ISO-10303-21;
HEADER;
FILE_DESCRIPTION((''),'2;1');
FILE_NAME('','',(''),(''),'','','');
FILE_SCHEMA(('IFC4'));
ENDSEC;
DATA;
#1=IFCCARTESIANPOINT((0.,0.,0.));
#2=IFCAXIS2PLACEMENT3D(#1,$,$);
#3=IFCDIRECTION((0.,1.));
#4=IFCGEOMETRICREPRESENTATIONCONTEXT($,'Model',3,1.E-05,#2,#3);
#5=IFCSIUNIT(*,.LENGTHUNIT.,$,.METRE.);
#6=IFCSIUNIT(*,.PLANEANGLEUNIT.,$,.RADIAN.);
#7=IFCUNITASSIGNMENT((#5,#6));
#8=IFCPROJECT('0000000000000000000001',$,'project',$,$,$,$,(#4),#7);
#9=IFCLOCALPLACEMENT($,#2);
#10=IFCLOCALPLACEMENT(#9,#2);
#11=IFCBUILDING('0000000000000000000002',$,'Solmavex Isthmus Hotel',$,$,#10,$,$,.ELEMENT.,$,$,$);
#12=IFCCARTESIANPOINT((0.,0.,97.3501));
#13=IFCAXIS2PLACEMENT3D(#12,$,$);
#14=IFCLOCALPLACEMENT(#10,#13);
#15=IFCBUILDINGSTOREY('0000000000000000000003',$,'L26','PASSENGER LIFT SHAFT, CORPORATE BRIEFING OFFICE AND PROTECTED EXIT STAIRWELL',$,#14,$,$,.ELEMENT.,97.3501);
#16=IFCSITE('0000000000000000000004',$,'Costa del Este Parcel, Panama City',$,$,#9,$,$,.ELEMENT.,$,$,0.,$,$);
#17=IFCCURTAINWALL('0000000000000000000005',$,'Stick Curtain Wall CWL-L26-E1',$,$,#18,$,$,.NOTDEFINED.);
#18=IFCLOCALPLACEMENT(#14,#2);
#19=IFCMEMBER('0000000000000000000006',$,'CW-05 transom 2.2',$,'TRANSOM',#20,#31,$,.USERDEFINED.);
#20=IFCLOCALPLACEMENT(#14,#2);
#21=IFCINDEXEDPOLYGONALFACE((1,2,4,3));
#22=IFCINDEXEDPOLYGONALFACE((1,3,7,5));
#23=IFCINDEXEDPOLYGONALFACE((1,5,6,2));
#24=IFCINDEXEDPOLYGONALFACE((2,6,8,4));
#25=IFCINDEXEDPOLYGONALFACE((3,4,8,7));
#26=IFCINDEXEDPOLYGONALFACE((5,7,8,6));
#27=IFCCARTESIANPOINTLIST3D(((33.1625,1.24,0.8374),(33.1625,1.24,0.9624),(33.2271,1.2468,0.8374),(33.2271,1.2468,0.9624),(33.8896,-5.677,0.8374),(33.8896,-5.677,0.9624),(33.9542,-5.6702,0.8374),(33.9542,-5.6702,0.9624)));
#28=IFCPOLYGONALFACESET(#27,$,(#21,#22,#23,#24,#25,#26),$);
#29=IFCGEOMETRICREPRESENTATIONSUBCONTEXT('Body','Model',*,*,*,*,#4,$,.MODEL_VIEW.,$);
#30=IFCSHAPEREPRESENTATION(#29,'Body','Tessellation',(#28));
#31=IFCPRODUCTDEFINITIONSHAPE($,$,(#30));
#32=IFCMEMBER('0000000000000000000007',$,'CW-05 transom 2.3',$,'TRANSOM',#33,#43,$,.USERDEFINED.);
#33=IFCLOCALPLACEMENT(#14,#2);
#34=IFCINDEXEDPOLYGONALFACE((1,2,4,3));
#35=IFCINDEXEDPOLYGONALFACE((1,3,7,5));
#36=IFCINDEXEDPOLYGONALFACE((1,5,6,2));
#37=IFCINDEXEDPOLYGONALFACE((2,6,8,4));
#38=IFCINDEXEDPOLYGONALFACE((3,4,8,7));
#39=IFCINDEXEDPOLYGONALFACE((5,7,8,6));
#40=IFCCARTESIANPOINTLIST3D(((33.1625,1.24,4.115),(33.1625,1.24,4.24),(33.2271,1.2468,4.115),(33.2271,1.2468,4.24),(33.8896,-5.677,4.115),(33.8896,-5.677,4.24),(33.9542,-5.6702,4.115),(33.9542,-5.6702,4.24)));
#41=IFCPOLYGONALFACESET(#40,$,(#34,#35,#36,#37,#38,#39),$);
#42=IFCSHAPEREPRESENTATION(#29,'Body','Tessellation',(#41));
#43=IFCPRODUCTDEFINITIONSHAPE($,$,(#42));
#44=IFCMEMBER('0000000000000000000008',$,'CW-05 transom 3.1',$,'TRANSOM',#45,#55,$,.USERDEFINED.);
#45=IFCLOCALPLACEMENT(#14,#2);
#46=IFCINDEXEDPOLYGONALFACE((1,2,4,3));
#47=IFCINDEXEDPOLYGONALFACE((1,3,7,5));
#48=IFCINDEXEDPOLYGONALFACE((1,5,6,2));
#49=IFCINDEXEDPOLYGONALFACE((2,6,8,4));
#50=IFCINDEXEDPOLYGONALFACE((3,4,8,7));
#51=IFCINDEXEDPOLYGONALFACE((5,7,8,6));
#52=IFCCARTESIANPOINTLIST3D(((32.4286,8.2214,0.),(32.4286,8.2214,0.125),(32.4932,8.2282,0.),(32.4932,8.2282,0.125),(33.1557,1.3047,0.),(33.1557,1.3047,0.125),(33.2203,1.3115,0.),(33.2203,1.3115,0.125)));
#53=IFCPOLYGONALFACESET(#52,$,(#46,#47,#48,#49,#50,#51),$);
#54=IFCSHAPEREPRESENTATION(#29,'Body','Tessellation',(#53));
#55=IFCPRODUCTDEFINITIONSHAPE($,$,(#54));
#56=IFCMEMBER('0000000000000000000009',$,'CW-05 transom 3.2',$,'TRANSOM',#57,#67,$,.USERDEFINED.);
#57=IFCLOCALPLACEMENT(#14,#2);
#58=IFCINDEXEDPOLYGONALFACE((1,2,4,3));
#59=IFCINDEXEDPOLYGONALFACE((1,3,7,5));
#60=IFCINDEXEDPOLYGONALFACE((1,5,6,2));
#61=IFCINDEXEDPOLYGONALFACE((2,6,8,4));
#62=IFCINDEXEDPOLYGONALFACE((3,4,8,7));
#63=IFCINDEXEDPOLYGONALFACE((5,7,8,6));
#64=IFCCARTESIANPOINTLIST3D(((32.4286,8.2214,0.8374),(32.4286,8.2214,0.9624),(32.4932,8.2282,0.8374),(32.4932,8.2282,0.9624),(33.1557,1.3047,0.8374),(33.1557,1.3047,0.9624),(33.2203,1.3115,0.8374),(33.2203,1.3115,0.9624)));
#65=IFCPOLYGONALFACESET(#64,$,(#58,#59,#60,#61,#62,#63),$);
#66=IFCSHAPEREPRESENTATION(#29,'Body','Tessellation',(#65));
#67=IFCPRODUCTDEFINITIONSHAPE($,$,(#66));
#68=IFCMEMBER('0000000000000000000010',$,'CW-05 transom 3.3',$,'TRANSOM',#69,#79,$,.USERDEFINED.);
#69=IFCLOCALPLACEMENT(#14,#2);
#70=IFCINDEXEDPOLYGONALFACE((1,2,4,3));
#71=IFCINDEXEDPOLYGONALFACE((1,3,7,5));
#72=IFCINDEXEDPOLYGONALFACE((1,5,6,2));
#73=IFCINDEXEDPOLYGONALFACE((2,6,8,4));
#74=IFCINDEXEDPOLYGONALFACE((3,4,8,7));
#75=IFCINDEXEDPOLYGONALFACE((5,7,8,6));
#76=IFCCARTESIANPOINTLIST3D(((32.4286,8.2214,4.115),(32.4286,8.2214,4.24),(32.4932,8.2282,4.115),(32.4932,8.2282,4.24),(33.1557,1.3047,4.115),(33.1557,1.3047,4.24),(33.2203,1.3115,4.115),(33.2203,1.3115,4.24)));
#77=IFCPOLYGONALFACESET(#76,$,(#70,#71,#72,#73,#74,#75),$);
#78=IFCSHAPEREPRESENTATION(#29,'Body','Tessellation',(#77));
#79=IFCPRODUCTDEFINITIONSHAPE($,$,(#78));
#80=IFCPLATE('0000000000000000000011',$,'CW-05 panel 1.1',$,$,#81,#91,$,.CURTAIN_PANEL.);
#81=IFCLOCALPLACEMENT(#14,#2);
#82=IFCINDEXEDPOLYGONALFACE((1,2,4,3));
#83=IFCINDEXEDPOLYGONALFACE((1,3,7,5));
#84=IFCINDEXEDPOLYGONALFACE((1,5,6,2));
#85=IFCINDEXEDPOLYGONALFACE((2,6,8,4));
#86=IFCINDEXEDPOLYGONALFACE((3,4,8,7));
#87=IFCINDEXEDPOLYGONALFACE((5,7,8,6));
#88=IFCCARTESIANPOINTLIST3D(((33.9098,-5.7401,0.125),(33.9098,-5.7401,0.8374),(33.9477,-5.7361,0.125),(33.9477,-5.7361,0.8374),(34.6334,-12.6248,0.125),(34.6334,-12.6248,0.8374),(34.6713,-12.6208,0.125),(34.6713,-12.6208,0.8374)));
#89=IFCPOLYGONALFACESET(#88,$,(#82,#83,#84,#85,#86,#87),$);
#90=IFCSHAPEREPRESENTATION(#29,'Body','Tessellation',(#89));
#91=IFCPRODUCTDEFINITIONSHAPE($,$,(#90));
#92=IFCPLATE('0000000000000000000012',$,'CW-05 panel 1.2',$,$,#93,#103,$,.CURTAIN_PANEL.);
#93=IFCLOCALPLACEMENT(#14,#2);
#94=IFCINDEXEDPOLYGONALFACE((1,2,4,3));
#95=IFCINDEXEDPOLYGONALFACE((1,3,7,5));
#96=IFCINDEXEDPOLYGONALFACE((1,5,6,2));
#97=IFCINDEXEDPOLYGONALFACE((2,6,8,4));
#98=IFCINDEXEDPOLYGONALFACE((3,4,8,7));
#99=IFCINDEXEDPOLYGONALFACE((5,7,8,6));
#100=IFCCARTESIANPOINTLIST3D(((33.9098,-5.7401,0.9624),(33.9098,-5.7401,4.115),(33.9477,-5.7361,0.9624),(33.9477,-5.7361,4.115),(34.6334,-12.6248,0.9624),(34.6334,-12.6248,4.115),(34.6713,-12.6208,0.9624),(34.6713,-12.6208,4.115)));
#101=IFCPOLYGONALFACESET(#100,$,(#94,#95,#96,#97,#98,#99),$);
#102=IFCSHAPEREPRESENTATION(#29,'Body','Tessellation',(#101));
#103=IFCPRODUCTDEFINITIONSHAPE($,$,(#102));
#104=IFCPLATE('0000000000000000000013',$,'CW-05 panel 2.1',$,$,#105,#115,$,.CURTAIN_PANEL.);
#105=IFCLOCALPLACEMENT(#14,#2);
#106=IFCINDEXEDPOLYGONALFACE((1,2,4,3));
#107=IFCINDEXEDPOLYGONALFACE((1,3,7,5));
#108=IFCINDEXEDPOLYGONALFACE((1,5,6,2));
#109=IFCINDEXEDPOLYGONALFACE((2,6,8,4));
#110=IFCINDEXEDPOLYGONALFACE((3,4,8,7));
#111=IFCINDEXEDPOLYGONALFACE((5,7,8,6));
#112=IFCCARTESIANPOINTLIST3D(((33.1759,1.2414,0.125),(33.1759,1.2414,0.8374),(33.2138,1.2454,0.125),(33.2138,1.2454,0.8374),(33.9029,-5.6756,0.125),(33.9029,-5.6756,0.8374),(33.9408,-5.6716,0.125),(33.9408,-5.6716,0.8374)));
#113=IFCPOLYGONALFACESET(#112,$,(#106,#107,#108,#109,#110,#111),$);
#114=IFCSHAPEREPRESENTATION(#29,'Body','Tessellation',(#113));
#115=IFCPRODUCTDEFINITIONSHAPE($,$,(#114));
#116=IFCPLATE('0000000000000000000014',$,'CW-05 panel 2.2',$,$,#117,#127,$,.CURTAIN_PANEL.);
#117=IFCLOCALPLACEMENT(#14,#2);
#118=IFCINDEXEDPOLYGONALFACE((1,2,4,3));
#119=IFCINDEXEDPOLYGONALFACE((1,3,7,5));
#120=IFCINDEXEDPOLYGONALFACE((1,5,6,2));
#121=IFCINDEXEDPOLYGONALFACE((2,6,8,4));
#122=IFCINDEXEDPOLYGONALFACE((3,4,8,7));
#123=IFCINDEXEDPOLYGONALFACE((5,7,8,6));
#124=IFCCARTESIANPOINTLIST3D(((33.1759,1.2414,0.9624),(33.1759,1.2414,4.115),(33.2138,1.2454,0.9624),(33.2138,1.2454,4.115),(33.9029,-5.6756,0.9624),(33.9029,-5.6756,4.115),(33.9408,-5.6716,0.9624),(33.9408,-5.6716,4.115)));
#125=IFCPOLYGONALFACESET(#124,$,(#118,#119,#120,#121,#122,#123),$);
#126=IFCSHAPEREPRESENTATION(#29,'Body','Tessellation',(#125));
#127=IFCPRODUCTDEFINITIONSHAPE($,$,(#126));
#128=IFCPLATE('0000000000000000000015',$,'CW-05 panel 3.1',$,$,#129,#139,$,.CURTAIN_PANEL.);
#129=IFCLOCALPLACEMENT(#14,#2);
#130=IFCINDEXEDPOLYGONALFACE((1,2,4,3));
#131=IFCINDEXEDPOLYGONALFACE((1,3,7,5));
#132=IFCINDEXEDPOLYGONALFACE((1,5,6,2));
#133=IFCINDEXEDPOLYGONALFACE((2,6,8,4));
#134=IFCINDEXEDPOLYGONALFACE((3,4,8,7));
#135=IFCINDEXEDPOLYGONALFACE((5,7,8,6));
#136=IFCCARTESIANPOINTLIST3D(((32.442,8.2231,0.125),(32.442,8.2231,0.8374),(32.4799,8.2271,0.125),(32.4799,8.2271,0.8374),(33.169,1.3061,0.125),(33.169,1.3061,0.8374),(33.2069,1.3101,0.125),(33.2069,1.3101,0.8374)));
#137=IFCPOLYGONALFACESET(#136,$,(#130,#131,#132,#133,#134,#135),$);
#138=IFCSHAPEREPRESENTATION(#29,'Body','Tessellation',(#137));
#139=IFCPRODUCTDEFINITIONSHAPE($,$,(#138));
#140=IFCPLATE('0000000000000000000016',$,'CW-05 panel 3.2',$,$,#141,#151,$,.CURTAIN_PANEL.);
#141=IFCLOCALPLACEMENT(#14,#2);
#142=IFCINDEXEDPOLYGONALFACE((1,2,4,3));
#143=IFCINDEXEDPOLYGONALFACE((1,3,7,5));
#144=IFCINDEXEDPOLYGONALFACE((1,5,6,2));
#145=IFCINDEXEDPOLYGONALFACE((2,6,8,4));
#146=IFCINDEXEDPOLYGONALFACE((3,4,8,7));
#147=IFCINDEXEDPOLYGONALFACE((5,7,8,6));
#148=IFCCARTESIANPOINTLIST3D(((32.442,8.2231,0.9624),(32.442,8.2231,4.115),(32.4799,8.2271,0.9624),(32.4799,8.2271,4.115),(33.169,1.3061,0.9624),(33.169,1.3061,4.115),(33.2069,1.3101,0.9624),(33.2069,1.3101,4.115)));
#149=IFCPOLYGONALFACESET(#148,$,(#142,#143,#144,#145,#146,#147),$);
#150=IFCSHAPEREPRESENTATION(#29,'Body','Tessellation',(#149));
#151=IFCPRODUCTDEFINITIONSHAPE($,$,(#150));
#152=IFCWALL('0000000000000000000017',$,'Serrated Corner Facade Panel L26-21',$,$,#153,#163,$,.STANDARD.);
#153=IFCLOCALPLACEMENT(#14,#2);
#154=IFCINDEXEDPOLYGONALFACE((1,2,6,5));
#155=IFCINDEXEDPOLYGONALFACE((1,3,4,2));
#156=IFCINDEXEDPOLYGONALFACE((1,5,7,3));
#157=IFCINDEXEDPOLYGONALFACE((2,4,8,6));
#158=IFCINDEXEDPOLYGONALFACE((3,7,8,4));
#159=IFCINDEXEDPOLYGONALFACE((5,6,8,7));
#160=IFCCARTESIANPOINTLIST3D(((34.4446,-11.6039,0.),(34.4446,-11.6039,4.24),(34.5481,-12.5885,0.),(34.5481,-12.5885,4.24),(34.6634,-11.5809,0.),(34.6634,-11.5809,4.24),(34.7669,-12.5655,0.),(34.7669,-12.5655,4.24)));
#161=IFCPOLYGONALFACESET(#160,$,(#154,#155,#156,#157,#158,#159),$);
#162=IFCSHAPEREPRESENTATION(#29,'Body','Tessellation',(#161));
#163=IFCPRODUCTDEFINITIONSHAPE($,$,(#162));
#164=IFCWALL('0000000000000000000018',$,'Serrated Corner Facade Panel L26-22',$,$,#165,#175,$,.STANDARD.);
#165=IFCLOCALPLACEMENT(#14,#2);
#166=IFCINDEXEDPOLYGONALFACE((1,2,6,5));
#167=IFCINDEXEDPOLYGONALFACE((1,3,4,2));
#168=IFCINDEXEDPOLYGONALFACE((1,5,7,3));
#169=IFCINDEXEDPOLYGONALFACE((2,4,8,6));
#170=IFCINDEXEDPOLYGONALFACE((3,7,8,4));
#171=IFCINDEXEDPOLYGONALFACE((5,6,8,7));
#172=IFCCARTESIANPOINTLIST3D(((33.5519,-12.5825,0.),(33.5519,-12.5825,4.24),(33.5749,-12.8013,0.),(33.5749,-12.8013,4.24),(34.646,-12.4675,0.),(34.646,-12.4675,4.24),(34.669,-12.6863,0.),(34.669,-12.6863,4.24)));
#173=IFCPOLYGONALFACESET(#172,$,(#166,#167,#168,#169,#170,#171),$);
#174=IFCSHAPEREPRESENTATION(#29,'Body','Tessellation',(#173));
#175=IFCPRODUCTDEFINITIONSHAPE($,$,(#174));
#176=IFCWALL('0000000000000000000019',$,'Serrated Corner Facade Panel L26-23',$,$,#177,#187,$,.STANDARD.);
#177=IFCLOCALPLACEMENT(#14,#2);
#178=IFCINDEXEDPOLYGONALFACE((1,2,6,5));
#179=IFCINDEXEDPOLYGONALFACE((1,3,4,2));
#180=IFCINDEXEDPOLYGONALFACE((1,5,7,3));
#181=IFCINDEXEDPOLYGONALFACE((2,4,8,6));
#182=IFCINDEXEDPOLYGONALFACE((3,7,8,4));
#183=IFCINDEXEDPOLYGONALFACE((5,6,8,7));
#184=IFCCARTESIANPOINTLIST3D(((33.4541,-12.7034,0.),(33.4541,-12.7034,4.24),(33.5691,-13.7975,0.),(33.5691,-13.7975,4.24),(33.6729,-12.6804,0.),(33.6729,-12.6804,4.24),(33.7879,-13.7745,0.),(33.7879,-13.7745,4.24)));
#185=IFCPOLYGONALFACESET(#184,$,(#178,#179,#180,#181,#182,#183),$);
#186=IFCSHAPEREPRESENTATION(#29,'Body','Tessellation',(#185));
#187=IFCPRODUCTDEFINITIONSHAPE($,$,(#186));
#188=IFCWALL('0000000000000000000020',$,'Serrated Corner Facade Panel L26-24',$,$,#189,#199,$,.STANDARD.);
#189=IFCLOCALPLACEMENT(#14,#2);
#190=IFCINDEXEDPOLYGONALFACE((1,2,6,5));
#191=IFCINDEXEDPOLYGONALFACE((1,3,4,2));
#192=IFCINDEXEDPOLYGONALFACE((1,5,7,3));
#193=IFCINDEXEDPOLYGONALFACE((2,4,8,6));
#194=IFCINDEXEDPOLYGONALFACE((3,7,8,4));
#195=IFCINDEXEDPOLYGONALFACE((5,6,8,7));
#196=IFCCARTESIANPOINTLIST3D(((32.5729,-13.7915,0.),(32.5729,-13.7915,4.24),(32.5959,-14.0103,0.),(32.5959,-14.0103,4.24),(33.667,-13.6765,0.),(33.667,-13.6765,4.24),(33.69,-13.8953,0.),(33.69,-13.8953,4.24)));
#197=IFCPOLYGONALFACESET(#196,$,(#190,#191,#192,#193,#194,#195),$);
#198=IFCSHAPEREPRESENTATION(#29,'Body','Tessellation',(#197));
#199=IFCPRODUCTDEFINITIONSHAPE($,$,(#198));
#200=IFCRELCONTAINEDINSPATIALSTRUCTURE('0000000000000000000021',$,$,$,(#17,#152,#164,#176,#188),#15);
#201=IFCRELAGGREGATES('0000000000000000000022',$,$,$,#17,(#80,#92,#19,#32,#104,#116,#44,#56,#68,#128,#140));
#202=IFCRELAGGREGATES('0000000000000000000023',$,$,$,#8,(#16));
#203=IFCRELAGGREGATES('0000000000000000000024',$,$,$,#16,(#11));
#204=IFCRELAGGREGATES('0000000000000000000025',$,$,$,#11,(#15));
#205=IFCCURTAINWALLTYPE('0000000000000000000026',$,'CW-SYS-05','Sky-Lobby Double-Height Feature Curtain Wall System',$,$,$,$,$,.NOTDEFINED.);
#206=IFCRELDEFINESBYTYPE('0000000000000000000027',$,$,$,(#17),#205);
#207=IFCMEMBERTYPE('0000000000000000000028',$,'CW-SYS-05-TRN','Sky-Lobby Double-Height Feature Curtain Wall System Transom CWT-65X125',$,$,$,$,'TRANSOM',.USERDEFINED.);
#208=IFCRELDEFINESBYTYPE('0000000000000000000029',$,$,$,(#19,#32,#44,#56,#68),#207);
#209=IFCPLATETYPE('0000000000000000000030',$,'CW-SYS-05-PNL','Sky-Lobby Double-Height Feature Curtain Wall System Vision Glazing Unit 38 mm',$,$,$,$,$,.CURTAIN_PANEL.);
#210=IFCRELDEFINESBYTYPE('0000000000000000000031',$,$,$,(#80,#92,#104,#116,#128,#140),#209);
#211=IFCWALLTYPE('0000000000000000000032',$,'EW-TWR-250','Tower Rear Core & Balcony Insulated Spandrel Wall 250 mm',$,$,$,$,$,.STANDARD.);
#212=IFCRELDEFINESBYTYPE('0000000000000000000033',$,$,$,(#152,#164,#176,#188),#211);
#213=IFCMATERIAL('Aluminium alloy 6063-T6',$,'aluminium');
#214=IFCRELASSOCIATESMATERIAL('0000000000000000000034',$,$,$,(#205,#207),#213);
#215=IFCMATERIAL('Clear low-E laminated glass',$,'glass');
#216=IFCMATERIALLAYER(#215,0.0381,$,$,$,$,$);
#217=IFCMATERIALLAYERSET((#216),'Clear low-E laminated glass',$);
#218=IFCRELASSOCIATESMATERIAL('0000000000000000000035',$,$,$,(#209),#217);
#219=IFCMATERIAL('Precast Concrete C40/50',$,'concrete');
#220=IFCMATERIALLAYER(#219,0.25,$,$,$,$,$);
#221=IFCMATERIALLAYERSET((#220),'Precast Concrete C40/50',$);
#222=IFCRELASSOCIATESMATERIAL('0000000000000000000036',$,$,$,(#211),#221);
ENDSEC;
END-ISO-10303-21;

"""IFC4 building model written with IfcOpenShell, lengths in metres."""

from ifc_helpers import new_model, si_unit, direction, frame, frame_2d, origin, origin_2d, place, context, subcontext, project, spatial, rectangle, extrude, material, layer, layer_set, material_profile, profile_set, type_object, element, aggregate, save


model = new_model("IFC4")

# Units and contexts
model_context = context("Model", 3, precision=1e-05, world=origin(), true_north=direction((0.0, 1.0)))
body_context = subcontext(model_context, "Body", "Model", "MODEL_VIEW")
ifc_project = project(units=[si_unit("LENGTHUNIT", "METRE"), si_unit("PLANEANGLEUNIT", "RADIAN")], contexts=[model_context])

# Site, building, storey
site_placement = place(None, origin())
site = spatial("IfcSite", under=ifc_project, at=site_placement, Name="Costa del Este Parcel, Panama City", CompositionType="ELEMENT", RefElevation=0.0)
building_placement = place(site_placement, origin())
building = spatial("IfcBuilding", under=site, at=building_placement, Name="Solmavex Isthmus Hotel", CompositionType="ELEMENT")
storey_placement = place(building_placement, frame((0.0, 0.0, 97.3501)))
storey = spatial("IfcBuildingStorey", under=building, at=storey_placement, Name="L26", Description="PASSENGER LIFT SHAFT, CORPORATE BRIEFING OFFICE AND PROTECTED EXIT STAIRWELL", CompositionType="ELEMENT", Elevation=97.3501)

# Curtain wall, members, plates
ifc_material_1 = material(Name="Aluminium alloy 6063-T6", Category="aluminium")
curtain_wall_type = type_object("IfcCurtainWallType", Name="CW-SYS-05", Description="Sky-Lobby Double-Height Feature Curtain Wall System", PredefinedType="NOTDEFINED", material=ifc_material_1)
curtain_wall_placement = place(storey_placement, origin())
curtain_wall = element("IfcCurtainWall", 1, at=curtain_wall_placement, inside=storey, type_object=curtain_wall_type, Name="Stick Curtain Wall CWL-L26-E1", PredefinedType="NOTDEFINED")
ifc_material_profile_1 = material_profile(ifc_material_1, rectangle(XDim=0.0649, YDim=0.125, at=origin_2d()), Name="CWT-65X125")
ifc_profile_set_1 = profile_set([ifc_material_profile_1], Name="Aluminium alloy 6063-T6")
member_type_1 = type_object("IfcMemberType", Name="CW-SYS-05-TRN", Description="Sky-Lobby Double-Height Feature Curtain Wall System Transom CWT-65X125", ElementType="TRANSOM", PredefinedType="USERDEFINED", material=ifc_profile_set_1)
member_1_placement = place(storey_placement, frame((33.9219, -5.6736, 0.8999), z_axis=(-0.104535, 0.994521, 0.0), x_axis=(-0.994521, -0.104535, 0.0)))
member_1 = element("IfcMember", 2, at=member_1_placement, type_object=member_type_1, Name="CW-05 transom 2.2", ObjectType="TRANSOM", PredefinedType="USERDEFINED", context=body_context, shape_type="SweptSolid", body=[
    extrude(rectangle(XDim=0.0649, YDim=0.125, at=origin_2d()), origin(), (0.0, 0.0, 1.0), 6.9551),
])
member_2_placement = place(storey_placement, frame((33.9219, -5.6736, 4.1775), z_axis=(-0.104535, 0.994521, 0.0), x_axis=(-0.994521, -0.104535, 0.0)))
member_2 = element("IfcMember", 3, at=member_2_placement, type_object=member_type_1, Name="CW-05 transom 2.3", ObjectType="TRANSOM", PredefinedType="USERDEFINED", context=body_context, shape_type="SweptSolid", body=[
    extrude(rectangle(XDim=0.0649, YDim=0.125, at=origin_2d()), origin(), (0.0, 0.0, 1.0), 6.9551),
])
member_3_placement = place(storey_placement, frame((33.188, 1.3081, 0.0625), z_axis=(-0.104539, 0.994521, 0.0), x_axis=(-0.994521, -0.104539, 0.0)))
member_3 = element("IfcMember", 4, at=member_3_placement, type_object=member_type_1, Name="CW-05 transom 3.1", ObjectType="TRANSOM", PredefinedType="USERDEFINED", context=body_context, shape_type="SweptSolid", body=[
    extrude(rectangle(XDim=0.0649, YDim=0.125, at=origin_2d()), origin(), (0.0, 0.0, 1.0), 6.9548),
])
member_4_placement = place(storey_placement, frame((33.188, 1.3081, 0.8999), z_axis=(-0.104539, 0.994521, 0.0), x_axis=(-0.994521, -0.104539, 0.0)))
member_4 = element("IfcMember", 5, at=member_4_placement, type_object=member_type_1, Name="CW-05 transom 3.2", ObjectType="TRANSOM", PredefinedType="USERDEFINED", context=body_context, shape_type="SweptSolid", body=[
    extrude(rectangle(XDim=0.0649, YDim=0.125, at=origin_2d()), origin(), (0.0, 0.0, 1.0), 6.9548),
])
member_5_placement = place(storey_placement, frame((33.188, 1.3081, 4.1775), z_axis=(-0.104539, 0.994521, 0.0), x_axis=(-0.994521, -0.104539, 0.0)))
member_5 = element("IfcMember", 6, at=member_5_placement, type_object=member_type_1, Name="CW-05 transom 3.3", ObjectType="TRANSOM", PredefinedType="USERDEFINED", context=body_context, shape_type="SweptSolid", body=[
    extrude(rectangle(XDim=0.0649, YDim=0.125, at=origin_2d()), origin(), (0.0, 0.0, 1.0), 6.9548),
])
ifc_material_2 = material(Name="Clear low-E laminated glass", Category="glass")
ifc_layer_1 = layer(ifc_material_2, 0.0381)
ifc_layer_set_1 = layer_set([ifc_layer_1], Name="Clear low-E laminated glass")
plate_type = type_object("IfcPlateType", Name="CW-SYS-05-PNL", Description="Sky-Lobby Double-Height Feature Curtain Wall System Vision Glazing Unit 38 mm", PredefinedType="CURTAIN_PANEL", material=ifc_layer_set_1)
plate_1_placement = place(storey_placement, frame((34.2905, -9.1804, 0.125), z_axis=(0.0, 0.0, 1.0), x_axis=(-0.104528, 0.994522, 0.0)))
plate_1 = element("IfcPlate", 7, at=plate_1_placement, type_object=plate_type, Name="CW-05 panel 1.1", PredefinedType="CURTAIN_PANEL", context=body_context, shape_type="SweptSolid", body=[
    extrude(rectangle(XDim=6.9226, YDim=0.0381, at=origin_2d()), origin(), (0.0, 0.0, 1.0), 0.7124),
])
plate_2_placement = place(storey_placement, frame((34.2905, -9.1804, 0.9624), z_axis=(0.0, 0.0, 1.0), x_axis=(-0.104528, 0.994522, 0.0)))
plate_2 = element("IfcPlate", 8, at=plate_2_placement, type_object=plate_type, Name="CW-05 panel 1.2", PredefinedType="CURTAIN_PANEL", context=body_context, shape_type="SweptSolid", body=[
    extrude(rectangle(XDim=6.9226, YDim=0.0381, at=origin_2d()), origin(), (0.0, 0.0, 1.0), 3.1526),
])
plate_3_placement = place(storey_placement, frame((33.5583, -2.2151, 0.125), z_axis=(0.0, 0.0, 1.0), x_axis=(-0.104528, 0.994522, 0.0)))
plate_3 = element("IfcPlate", 9, at=plate_3_placement, type_object=plate_type, Name="CW-05 panel 2.1", PredefinedType="CURTAIN_PANEL", context=body_context, shape_type="SweptSolid", body=[
    extrude(rectangle(XDim=6.9551, YDim=0.0381, at=origin_2d()), origin(), (0.0, 0.0, 1.0), 0.7124),
])
plate_4_placement = place(storey_placement, frame((33.5583, -2.2151, 0.9624), z_axis=(0.0, 0.0, 1.0), x_axis=(-0.104528, 0.994522, 0.0)))
plate_4 = element("IfcPlate", 10, at=plate_4_placement, type_object=plate_type, Name="CW-05 panel 2.2", PredefinedType="CURTAIN_PANEL", context=body_context, shape_type="SweptSolid", body=[
    extrude(rectangle(XDim=6.9551, YDim=0.0381, at=origin_2d()), origin(), (0.0, 0.0, 1.0), 3.1526),
])
plate_5_placement = place(storey_placement, frame((32.8245, 4.7666, 0.125), z_axis=(0.0, 0.0, 1.0), x_axis=(-0.104528, 0.994522, 0.0)))
plate_5 = element("IfcPlate", 11, at=plate_5_placement, type_object=plate_type, Name="CW-05 panel 3.1", PredefinedType="CURTAIN_PANEL", context=body_context, shape_type="SweptSolid", body=[
    extrude(rectangle(XDim=6.9551, YDim=0.0381, at=origin_2d()), origin(), (0.0, 0.0, 1.0), 0.7124),
])
plate_6_placement = place(storey_placement, frame((32.8245, 4.7666, 0.9624), z_axis=(0.0, 0.0, 1.0), x_axis=(-0.104528, 0.994522, 0.0)))
plate_6 = element("IfcPlate", 12, at=plate_6_placement, type_object=plate_type, Name="CW-05 panel 3.2", PredefinedType="CURTAIN_PANEL", context=body_context, shape_type="SweptSolid", body=[
    extrude(rectangle(XDim=6.9551, YDim=0.0381, at=origin_2d()), origin(), (0.0, 0.0, 1.0), 3.1526),
])
aggregate(curtain_wall, [plate_1, plate_2, member_1, member_2, plate_3, plate_4, member_3, member_4, member_5, plate_5, plate_6])

# Walls
ifc_material_3 = material(Name="Precast Concrete C40/50", Category="concrete")
ifc_layer_2 = layer(ifc_material_3, 0.25)
ifc_layer_set_2 = layer_set([ifc_layer_2], Name="Precast Concrete C40/50")
wall_type_1 = type_object("IfcWallType", Name="EW-TWR-250", Description="Tower Rear Core & Balcony Insulated Spandrel Wall 250 mm", PredefinedType="STANDARD", material=ifc_layer_set_2)
wall_1_placement = place(storey_placement, frame((34.554, -11.5923, 0.0), z_axis=(0.0, 0.0, 1.0), x_axis=(0.104556, -0.994519, 0.0)))
element("IfcWall", 13, at=wall_1_placement, inside=storey, type_object=wall_type_1, Name="Serrated Corner Facade Panel L26-21", PredefinedType="STANDARD", context=body_context, shape_type="SweptSolid", body=[
    extrude(rectangle(XDim=0.99, YDim=0.22, at=frame_2d((0.4951, 0.0))), origin(), (0.0, 0.0, 1.0), 4.24),
])
for number, where, z_axis, x_axis, name in (
    (14, (34.6575, -12.5769, 0.0), (0.0, 0.0, 1.0), (-0.994521, -0.104535, 0.0), "Serrated Corner Facade Panel L26-22"),
    (15, (33.5635, -12.6919, 0.0), (0.0, 0.0, 1.0), (0.104535, -0.994521, 0.0), "Serrated Corner Facade Panel L26-23"),
    (16, (33.6785, -13.7859, 0.0), (0.0, 0.0, 1.0), (-0.994521, -0.104535, 0.0), "Serrated Corner Facade Panel L26-24"),
):
    element("IfcWall", number, at=place(storey_placement, frame(where, z_axis=z_axis, x_axis=x_axis)), inside=storey, type_object=wall_type_1, Name=name, PredefinedType="STANDARD", context=body_context, shape_type="SweptSolid", body=[
        extrude(rectangle(XDim=1.1001, YDim=0.22, at=frame_2d((0.55, 0.0))), origin(), (0.0, 0.0, 1.0), 4.24),
    ])

save(model, "model.ifc")
